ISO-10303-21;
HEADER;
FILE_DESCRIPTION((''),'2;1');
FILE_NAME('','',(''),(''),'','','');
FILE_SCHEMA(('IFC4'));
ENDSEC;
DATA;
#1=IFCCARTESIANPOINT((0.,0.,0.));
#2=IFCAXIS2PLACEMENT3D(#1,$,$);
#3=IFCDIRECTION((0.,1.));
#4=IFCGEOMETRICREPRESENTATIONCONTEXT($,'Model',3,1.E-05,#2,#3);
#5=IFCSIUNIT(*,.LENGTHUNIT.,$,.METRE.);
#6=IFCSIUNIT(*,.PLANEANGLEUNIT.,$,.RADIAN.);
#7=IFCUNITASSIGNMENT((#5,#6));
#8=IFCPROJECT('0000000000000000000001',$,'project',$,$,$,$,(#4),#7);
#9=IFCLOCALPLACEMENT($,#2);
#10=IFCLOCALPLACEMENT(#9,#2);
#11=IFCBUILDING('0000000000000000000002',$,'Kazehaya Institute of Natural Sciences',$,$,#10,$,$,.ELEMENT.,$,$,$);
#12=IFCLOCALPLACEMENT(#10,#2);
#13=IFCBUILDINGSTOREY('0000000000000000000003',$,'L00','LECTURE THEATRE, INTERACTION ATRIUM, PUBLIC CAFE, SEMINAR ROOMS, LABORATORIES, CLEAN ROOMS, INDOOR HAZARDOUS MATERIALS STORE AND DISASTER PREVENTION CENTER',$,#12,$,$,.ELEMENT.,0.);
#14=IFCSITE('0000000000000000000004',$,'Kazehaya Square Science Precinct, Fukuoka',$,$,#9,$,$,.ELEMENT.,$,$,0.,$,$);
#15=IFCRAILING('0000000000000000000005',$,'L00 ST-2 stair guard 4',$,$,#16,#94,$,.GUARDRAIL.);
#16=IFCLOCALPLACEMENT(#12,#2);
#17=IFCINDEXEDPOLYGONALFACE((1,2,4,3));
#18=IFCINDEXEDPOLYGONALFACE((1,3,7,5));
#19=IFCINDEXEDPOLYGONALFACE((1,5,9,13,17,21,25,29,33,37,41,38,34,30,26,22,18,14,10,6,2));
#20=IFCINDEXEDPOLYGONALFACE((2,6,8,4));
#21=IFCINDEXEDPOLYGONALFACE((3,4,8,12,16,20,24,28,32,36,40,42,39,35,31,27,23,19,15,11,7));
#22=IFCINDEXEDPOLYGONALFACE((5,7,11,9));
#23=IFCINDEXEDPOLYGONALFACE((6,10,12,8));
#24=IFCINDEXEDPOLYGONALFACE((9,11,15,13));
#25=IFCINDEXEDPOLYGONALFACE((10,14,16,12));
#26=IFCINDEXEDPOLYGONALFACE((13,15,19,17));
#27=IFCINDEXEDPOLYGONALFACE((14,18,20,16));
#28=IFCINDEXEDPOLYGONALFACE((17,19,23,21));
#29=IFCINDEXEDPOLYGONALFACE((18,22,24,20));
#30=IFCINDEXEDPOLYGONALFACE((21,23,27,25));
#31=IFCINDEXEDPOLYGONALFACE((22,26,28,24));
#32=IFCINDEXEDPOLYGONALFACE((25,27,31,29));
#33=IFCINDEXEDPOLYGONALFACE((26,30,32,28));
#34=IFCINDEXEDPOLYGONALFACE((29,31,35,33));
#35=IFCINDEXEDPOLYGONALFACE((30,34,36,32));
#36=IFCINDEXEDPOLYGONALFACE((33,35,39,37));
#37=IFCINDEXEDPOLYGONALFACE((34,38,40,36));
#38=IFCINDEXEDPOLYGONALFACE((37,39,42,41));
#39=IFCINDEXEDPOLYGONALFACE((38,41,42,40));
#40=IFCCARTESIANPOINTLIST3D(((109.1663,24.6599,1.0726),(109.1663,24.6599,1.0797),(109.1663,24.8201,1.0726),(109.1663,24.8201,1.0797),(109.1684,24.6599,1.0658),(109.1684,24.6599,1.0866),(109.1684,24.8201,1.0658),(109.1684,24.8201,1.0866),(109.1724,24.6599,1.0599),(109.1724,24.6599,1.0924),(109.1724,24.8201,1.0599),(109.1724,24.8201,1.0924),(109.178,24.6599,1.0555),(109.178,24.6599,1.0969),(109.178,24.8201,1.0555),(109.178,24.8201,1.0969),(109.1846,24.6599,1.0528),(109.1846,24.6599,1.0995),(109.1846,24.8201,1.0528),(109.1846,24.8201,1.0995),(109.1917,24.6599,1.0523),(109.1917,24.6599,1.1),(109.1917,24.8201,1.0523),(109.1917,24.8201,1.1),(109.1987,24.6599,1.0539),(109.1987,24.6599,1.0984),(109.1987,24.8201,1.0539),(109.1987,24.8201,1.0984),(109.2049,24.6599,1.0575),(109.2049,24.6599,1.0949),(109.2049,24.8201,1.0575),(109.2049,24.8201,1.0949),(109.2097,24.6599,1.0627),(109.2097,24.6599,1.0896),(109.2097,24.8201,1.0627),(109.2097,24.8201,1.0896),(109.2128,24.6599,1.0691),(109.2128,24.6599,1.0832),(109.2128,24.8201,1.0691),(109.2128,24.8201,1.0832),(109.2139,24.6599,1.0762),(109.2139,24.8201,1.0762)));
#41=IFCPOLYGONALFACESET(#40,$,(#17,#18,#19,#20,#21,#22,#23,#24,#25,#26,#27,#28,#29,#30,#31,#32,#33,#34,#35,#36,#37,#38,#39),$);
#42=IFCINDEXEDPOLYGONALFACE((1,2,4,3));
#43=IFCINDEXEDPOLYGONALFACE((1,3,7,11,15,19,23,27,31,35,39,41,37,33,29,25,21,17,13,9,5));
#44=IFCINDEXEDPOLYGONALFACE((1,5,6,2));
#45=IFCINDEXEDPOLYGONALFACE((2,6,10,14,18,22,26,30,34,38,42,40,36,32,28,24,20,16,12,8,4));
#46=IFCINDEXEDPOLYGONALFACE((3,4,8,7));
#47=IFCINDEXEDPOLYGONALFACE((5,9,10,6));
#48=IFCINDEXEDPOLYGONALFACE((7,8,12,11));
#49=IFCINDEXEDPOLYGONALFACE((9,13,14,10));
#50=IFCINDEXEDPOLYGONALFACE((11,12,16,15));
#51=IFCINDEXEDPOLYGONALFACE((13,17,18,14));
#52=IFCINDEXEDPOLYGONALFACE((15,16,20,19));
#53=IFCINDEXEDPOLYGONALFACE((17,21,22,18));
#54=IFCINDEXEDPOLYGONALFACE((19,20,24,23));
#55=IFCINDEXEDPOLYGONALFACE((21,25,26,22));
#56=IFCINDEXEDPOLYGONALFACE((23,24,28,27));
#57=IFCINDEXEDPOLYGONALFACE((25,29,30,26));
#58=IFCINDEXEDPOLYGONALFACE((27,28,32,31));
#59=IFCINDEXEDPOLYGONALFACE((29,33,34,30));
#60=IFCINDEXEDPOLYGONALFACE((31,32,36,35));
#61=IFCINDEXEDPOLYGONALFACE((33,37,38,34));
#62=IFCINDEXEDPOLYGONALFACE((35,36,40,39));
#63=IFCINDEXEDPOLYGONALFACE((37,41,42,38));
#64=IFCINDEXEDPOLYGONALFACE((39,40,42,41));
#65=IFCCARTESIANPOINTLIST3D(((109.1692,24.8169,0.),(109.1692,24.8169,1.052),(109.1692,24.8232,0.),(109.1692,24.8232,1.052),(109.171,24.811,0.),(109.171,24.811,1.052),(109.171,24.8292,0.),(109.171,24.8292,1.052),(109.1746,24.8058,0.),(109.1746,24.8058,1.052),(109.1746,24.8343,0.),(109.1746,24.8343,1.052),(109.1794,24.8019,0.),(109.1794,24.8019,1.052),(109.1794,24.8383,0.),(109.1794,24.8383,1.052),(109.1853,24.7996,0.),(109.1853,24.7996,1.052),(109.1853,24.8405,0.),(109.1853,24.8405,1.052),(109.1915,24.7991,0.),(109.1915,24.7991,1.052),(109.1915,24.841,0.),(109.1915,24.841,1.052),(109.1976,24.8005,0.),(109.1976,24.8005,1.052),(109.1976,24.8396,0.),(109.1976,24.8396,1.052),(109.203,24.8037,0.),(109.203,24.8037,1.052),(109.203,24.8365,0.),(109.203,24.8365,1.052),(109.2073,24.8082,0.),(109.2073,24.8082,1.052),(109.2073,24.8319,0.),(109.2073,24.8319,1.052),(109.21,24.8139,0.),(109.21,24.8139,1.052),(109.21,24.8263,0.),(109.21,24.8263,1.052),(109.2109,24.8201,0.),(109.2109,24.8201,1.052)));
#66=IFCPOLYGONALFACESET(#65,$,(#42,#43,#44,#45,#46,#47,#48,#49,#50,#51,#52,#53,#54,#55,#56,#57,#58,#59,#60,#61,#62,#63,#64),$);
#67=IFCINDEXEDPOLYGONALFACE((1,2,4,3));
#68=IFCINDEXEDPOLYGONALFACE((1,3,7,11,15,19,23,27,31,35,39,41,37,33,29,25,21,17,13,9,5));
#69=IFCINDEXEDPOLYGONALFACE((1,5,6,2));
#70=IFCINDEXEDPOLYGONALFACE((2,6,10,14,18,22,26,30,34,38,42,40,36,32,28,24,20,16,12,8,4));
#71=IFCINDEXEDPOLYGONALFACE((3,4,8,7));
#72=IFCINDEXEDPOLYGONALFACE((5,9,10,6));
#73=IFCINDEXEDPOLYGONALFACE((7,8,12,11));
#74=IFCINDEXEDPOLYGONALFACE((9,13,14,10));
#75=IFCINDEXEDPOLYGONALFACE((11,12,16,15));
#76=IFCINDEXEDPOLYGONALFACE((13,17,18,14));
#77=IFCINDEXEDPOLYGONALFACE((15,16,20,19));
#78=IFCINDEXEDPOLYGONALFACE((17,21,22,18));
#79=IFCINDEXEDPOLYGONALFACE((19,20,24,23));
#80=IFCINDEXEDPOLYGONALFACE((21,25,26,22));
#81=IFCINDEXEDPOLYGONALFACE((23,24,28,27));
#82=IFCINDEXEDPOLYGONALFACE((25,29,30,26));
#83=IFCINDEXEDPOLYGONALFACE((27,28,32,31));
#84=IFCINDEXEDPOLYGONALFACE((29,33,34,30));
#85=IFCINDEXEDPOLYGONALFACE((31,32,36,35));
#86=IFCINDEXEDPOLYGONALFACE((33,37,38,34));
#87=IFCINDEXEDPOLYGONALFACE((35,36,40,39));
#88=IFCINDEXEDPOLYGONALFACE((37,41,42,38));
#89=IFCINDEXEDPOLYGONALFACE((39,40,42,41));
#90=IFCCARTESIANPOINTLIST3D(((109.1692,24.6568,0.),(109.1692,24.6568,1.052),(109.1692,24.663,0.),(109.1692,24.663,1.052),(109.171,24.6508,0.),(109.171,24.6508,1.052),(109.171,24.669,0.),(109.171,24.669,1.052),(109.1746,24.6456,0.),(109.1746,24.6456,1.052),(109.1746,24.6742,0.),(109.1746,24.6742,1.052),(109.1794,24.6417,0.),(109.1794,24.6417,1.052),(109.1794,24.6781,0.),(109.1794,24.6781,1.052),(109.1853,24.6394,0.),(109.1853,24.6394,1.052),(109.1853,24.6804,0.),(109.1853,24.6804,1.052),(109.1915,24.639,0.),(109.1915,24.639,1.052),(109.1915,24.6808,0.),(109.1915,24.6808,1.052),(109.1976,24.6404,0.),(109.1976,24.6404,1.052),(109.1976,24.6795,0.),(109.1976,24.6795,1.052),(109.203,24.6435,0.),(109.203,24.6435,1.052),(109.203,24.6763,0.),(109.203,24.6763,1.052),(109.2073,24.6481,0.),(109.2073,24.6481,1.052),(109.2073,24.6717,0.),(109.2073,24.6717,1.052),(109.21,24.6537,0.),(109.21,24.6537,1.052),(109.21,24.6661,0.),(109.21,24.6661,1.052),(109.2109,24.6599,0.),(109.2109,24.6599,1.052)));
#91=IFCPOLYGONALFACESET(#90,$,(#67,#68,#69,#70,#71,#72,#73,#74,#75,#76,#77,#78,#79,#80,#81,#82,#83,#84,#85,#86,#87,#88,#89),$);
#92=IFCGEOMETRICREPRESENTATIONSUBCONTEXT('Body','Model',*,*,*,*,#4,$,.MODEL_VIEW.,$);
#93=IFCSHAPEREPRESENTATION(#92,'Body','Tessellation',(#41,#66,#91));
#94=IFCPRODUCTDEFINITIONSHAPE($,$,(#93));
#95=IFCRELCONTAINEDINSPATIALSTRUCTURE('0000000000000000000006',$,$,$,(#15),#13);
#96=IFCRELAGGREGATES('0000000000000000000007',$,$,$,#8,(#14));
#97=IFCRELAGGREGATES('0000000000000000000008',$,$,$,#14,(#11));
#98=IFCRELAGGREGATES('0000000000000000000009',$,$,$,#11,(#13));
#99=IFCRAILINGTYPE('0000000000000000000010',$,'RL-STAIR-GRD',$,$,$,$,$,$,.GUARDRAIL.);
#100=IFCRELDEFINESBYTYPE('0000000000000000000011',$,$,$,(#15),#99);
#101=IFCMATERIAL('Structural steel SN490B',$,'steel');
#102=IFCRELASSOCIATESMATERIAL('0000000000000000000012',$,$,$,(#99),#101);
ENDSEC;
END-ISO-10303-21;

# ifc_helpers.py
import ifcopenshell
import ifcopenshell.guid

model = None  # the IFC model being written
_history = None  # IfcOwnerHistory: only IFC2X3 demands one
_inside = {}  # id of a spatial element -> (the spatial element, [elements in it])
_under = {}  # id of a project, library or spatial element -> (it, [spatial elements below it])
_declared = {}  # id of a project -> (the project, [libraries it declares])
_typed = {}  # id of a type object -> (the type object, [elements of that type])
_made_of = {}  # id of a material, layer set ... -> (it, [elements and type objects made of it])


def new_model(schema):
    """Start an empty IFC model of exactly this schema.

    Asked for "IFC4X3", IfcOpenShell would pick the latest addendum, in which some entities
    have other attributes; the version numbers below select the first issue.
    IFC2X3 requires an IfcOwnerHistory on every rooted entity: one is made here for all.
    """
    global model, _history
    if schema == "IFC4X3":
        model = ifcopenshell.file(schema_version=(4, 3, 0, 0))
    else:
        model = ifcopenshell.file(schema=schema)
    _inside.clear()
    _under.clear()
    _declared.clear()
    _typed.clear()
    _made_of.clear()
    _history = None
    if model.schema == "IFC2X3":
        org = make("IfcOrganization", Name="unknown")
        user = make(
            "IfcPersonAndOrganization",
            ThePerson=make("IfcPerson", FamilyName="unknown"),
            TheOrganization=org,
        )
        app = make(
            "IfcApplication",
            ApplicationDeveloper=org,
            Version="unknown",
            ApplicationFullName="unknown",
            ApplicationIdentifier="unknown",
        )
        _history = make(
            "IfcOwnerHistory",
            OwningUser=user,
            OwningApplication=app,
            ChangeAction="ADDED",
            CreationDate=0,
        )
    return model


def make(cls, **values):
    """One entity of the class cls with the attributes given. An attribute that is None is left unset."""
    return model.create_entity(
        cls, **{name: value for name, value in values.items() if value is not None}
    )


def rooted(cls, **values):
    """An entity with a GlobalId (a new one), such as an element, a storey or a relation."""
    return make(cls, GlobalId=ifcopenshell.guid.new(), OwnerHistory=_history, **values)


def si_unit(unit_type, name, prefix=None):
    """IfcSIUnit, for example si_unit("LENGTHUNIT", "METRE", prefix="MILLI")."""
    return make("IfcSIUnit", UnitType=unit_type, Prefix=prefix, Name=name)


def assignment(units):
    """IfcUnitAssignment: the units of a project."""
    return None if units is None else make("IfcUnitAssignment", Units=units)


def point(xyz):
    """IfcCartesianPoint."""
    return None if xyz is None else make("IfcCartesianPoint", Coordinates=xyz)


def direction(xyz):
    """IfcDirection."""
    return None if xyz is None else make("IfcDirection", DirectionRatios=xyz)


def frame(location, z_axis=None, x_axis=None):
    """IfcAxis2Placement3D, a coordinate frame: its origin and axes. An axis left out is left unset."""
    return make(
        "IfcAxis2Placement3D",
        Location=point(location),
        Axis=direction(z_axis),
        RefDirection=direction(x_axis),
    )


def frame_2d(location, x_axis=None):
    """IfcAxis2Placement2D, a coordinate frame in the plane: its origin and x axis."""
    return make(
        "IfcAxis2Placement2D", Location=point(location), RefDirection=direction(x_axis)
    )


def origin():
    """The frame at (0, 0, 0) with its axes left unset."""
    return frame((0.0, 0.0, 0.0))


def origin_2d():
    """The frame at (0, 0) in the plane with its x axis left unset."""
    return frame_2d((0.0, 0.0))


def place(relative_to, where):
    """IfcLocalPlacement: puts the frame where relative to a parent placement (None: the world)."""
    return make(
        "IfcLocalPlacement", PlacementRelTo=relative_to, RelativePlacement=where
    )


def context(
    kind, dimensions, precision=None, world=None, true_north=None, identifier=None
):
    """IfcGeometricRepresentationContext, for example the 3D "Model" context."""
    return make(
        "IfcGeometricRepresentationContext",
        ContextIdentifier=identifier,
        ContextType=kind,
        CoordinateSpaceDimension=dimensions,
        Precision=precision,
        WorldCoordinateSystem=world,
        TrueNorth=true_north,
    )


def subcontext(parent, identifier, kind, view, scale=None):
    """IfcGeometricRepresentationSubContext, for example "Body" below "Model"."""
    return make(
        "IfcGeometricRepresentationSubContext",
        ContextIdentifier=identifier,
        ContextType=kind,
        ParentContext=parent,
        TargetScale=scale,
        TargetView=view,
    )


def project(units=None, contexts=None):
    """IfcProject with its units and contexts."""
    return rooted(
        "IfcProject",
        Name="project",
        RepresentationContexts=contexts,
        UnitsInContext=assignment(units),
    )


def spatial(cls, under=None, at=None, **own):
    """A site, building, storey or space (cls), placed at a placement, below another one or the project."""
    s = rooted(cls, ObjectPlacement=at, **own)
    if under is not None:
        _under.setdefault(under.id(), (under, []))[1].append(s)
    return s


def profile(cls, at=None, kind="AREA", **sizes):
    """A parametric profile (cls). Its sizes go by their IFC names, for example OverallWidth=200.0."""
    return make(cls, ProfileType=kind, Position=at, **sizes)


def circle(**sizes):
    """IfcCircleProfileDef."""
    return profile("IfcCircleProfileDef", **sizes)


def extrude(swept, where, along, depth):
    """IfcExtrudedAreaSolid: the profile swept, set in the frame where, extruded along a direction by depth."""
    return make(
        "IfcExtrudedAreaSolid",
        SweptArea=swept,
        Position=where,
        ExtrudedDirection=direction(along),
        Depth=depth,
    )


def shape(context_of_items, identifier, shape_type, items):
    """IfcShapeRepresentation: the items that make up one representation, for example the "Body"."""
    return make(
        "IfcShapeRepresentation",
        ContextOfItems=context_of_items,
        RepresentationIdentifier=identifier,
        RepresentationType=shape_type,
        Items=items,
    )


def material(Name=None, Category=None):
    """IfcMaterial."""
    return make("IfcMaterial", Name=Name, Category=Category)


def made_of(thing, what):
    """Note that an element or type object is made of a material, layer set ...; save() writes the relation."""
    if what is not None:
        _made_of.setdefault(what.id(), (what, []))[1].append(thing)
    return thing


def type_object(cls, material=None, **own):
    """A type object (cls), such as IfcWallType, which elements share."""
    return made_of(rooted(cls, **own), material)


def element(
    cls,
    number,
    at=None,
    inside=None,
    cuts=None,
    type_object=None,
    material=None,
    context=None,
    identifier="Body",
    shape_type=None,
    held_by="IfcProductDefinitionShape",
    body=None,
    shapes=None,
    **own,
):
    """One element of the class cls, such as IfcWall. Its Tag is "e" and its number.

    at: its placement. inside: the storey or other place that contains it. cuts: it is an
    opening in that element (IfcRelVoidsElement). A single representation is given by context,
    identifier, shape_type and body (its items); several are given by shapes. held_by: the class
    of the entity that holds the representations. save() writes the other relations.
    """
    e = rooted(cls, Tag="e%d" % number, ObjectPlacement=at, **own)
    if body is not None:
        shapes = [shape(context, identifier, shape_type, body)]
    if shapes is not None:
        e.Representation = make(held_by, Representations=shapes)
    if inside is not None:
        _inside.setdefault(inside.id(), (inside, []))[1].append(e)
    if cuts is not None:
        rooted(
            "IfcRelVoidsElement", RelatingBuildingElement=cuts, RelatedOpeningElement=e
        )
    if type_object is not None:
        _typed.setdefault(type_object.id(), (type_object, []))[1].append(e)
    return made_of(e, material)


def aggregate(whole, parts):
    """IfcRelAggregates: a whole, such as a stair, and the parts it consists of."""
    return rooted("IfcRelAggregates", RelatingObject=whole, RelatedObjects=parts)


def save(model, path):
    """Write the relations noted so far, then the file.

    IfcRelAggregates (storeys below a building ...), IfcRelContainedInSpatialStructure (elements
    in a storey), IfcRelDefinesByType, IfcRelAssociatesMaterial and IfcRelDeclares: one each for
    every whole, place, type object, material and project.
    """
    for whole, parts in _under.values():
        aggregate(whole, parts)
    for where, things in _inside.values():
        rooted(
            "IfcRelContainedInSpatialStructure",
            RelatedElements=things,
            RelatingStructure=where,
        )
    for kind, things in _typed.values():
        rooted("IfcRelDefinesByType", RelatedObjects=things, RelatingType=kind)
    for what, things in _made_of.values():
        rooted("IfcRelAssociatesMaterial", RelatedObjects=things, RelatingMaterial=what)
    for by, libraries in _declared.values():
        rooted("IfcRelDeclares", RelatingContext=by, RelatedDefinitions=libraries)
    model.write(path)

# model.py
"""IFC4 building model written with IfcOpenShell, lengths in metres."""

from ifc_helpers import new_model, si_unit, direction, frame, origin, origin_2d, place, context, subcontext, project, spatial, circle, extrude, material, type_object, element, save


model = new_model("IFC4")

# Units and contexts
model_context = context("Model", 3, precision=1e-05, world=origin(), true_north=direction((0.0, 1.0)))
body_context = subcontext(model_context, "Body", "Model", "MODEL_VIEW")
ifc_project = project(units=[si_unit("LENGTHUNIT", "METRE"), si_unit("PLANEANGLEUNIT", "RADIAN")], contexts=[model_context])

# Site, building, storey
site_placement = place(None, origin())
site = spatial("IfcSite", under=ifc_project, at=site_placement, Name="Kazehaya Square Science Precinct, Fukuoka", CompositionType="ELEMENT", RefElevation=0.0)
building_placement = place(site_placement, origin())
building = spatial("IfcBuilding", under=site, at=building_placement, Name="Kazehaya Institute of Natural Sciences", CompositionType="ELEMENT")
storey_placement = place(building_placement, origin())
storey = spatial("IfcBuildingStorey", under=building, at=storey_placement, Name="L00", Description="LECTURE THEATRE, INTERACTION ATRIUM, PUBLIC CAFE, SEMINAR ROOMS, LABORATORIES, CLEAN ROOMS, INDOOR HAZARDOUS MATERIALS STORE AND DISASTER PREVENTION CENTER", CompositionType="ELEMENT", Elevation=0.0)

# Railing
ifc_material_1 = material(Name="Structural steel SN490B", Category="steel")
railing_type_1 = type_object("IfcRailingType", Name="RL-STAIR-GRD", PredefinedType="GUARDRAIL", material=ifc_material_1)
railing_1_placement = place(storey_placement, frame((109.1899, 24.8201, 0.0)))
element("IfcRailing", 1, at=railing_1_placement, inside=storey, type_object=railing_type_1, Name="L00 ST-2 stair guard 4", PredefinedType="GUARDRAIL", context=body_context, shape_type="SweptSolid", body=[
    extrude(circle(Radius=0.0239, at=origin_2d()), frame((0.0, 0.0, 1.0762), z_axis=(0.0, -1.0, 0.0), x_axis=(1.0, 0.0, 0.0)), (0.0, 0.0, 1.0), 0.1602),
    extrude(circle(Radius=0.021, at=origin_2d()), origin(), (0.0, 0.0, 1.0), 1.052),
    extrude(circle(Radius=0.021, at=origin_2d()), frame((0.0, -0.1602, 0.0)), (0.0, 0.0, 1.0), 1.052),
])

save(model, "model.ifc")
